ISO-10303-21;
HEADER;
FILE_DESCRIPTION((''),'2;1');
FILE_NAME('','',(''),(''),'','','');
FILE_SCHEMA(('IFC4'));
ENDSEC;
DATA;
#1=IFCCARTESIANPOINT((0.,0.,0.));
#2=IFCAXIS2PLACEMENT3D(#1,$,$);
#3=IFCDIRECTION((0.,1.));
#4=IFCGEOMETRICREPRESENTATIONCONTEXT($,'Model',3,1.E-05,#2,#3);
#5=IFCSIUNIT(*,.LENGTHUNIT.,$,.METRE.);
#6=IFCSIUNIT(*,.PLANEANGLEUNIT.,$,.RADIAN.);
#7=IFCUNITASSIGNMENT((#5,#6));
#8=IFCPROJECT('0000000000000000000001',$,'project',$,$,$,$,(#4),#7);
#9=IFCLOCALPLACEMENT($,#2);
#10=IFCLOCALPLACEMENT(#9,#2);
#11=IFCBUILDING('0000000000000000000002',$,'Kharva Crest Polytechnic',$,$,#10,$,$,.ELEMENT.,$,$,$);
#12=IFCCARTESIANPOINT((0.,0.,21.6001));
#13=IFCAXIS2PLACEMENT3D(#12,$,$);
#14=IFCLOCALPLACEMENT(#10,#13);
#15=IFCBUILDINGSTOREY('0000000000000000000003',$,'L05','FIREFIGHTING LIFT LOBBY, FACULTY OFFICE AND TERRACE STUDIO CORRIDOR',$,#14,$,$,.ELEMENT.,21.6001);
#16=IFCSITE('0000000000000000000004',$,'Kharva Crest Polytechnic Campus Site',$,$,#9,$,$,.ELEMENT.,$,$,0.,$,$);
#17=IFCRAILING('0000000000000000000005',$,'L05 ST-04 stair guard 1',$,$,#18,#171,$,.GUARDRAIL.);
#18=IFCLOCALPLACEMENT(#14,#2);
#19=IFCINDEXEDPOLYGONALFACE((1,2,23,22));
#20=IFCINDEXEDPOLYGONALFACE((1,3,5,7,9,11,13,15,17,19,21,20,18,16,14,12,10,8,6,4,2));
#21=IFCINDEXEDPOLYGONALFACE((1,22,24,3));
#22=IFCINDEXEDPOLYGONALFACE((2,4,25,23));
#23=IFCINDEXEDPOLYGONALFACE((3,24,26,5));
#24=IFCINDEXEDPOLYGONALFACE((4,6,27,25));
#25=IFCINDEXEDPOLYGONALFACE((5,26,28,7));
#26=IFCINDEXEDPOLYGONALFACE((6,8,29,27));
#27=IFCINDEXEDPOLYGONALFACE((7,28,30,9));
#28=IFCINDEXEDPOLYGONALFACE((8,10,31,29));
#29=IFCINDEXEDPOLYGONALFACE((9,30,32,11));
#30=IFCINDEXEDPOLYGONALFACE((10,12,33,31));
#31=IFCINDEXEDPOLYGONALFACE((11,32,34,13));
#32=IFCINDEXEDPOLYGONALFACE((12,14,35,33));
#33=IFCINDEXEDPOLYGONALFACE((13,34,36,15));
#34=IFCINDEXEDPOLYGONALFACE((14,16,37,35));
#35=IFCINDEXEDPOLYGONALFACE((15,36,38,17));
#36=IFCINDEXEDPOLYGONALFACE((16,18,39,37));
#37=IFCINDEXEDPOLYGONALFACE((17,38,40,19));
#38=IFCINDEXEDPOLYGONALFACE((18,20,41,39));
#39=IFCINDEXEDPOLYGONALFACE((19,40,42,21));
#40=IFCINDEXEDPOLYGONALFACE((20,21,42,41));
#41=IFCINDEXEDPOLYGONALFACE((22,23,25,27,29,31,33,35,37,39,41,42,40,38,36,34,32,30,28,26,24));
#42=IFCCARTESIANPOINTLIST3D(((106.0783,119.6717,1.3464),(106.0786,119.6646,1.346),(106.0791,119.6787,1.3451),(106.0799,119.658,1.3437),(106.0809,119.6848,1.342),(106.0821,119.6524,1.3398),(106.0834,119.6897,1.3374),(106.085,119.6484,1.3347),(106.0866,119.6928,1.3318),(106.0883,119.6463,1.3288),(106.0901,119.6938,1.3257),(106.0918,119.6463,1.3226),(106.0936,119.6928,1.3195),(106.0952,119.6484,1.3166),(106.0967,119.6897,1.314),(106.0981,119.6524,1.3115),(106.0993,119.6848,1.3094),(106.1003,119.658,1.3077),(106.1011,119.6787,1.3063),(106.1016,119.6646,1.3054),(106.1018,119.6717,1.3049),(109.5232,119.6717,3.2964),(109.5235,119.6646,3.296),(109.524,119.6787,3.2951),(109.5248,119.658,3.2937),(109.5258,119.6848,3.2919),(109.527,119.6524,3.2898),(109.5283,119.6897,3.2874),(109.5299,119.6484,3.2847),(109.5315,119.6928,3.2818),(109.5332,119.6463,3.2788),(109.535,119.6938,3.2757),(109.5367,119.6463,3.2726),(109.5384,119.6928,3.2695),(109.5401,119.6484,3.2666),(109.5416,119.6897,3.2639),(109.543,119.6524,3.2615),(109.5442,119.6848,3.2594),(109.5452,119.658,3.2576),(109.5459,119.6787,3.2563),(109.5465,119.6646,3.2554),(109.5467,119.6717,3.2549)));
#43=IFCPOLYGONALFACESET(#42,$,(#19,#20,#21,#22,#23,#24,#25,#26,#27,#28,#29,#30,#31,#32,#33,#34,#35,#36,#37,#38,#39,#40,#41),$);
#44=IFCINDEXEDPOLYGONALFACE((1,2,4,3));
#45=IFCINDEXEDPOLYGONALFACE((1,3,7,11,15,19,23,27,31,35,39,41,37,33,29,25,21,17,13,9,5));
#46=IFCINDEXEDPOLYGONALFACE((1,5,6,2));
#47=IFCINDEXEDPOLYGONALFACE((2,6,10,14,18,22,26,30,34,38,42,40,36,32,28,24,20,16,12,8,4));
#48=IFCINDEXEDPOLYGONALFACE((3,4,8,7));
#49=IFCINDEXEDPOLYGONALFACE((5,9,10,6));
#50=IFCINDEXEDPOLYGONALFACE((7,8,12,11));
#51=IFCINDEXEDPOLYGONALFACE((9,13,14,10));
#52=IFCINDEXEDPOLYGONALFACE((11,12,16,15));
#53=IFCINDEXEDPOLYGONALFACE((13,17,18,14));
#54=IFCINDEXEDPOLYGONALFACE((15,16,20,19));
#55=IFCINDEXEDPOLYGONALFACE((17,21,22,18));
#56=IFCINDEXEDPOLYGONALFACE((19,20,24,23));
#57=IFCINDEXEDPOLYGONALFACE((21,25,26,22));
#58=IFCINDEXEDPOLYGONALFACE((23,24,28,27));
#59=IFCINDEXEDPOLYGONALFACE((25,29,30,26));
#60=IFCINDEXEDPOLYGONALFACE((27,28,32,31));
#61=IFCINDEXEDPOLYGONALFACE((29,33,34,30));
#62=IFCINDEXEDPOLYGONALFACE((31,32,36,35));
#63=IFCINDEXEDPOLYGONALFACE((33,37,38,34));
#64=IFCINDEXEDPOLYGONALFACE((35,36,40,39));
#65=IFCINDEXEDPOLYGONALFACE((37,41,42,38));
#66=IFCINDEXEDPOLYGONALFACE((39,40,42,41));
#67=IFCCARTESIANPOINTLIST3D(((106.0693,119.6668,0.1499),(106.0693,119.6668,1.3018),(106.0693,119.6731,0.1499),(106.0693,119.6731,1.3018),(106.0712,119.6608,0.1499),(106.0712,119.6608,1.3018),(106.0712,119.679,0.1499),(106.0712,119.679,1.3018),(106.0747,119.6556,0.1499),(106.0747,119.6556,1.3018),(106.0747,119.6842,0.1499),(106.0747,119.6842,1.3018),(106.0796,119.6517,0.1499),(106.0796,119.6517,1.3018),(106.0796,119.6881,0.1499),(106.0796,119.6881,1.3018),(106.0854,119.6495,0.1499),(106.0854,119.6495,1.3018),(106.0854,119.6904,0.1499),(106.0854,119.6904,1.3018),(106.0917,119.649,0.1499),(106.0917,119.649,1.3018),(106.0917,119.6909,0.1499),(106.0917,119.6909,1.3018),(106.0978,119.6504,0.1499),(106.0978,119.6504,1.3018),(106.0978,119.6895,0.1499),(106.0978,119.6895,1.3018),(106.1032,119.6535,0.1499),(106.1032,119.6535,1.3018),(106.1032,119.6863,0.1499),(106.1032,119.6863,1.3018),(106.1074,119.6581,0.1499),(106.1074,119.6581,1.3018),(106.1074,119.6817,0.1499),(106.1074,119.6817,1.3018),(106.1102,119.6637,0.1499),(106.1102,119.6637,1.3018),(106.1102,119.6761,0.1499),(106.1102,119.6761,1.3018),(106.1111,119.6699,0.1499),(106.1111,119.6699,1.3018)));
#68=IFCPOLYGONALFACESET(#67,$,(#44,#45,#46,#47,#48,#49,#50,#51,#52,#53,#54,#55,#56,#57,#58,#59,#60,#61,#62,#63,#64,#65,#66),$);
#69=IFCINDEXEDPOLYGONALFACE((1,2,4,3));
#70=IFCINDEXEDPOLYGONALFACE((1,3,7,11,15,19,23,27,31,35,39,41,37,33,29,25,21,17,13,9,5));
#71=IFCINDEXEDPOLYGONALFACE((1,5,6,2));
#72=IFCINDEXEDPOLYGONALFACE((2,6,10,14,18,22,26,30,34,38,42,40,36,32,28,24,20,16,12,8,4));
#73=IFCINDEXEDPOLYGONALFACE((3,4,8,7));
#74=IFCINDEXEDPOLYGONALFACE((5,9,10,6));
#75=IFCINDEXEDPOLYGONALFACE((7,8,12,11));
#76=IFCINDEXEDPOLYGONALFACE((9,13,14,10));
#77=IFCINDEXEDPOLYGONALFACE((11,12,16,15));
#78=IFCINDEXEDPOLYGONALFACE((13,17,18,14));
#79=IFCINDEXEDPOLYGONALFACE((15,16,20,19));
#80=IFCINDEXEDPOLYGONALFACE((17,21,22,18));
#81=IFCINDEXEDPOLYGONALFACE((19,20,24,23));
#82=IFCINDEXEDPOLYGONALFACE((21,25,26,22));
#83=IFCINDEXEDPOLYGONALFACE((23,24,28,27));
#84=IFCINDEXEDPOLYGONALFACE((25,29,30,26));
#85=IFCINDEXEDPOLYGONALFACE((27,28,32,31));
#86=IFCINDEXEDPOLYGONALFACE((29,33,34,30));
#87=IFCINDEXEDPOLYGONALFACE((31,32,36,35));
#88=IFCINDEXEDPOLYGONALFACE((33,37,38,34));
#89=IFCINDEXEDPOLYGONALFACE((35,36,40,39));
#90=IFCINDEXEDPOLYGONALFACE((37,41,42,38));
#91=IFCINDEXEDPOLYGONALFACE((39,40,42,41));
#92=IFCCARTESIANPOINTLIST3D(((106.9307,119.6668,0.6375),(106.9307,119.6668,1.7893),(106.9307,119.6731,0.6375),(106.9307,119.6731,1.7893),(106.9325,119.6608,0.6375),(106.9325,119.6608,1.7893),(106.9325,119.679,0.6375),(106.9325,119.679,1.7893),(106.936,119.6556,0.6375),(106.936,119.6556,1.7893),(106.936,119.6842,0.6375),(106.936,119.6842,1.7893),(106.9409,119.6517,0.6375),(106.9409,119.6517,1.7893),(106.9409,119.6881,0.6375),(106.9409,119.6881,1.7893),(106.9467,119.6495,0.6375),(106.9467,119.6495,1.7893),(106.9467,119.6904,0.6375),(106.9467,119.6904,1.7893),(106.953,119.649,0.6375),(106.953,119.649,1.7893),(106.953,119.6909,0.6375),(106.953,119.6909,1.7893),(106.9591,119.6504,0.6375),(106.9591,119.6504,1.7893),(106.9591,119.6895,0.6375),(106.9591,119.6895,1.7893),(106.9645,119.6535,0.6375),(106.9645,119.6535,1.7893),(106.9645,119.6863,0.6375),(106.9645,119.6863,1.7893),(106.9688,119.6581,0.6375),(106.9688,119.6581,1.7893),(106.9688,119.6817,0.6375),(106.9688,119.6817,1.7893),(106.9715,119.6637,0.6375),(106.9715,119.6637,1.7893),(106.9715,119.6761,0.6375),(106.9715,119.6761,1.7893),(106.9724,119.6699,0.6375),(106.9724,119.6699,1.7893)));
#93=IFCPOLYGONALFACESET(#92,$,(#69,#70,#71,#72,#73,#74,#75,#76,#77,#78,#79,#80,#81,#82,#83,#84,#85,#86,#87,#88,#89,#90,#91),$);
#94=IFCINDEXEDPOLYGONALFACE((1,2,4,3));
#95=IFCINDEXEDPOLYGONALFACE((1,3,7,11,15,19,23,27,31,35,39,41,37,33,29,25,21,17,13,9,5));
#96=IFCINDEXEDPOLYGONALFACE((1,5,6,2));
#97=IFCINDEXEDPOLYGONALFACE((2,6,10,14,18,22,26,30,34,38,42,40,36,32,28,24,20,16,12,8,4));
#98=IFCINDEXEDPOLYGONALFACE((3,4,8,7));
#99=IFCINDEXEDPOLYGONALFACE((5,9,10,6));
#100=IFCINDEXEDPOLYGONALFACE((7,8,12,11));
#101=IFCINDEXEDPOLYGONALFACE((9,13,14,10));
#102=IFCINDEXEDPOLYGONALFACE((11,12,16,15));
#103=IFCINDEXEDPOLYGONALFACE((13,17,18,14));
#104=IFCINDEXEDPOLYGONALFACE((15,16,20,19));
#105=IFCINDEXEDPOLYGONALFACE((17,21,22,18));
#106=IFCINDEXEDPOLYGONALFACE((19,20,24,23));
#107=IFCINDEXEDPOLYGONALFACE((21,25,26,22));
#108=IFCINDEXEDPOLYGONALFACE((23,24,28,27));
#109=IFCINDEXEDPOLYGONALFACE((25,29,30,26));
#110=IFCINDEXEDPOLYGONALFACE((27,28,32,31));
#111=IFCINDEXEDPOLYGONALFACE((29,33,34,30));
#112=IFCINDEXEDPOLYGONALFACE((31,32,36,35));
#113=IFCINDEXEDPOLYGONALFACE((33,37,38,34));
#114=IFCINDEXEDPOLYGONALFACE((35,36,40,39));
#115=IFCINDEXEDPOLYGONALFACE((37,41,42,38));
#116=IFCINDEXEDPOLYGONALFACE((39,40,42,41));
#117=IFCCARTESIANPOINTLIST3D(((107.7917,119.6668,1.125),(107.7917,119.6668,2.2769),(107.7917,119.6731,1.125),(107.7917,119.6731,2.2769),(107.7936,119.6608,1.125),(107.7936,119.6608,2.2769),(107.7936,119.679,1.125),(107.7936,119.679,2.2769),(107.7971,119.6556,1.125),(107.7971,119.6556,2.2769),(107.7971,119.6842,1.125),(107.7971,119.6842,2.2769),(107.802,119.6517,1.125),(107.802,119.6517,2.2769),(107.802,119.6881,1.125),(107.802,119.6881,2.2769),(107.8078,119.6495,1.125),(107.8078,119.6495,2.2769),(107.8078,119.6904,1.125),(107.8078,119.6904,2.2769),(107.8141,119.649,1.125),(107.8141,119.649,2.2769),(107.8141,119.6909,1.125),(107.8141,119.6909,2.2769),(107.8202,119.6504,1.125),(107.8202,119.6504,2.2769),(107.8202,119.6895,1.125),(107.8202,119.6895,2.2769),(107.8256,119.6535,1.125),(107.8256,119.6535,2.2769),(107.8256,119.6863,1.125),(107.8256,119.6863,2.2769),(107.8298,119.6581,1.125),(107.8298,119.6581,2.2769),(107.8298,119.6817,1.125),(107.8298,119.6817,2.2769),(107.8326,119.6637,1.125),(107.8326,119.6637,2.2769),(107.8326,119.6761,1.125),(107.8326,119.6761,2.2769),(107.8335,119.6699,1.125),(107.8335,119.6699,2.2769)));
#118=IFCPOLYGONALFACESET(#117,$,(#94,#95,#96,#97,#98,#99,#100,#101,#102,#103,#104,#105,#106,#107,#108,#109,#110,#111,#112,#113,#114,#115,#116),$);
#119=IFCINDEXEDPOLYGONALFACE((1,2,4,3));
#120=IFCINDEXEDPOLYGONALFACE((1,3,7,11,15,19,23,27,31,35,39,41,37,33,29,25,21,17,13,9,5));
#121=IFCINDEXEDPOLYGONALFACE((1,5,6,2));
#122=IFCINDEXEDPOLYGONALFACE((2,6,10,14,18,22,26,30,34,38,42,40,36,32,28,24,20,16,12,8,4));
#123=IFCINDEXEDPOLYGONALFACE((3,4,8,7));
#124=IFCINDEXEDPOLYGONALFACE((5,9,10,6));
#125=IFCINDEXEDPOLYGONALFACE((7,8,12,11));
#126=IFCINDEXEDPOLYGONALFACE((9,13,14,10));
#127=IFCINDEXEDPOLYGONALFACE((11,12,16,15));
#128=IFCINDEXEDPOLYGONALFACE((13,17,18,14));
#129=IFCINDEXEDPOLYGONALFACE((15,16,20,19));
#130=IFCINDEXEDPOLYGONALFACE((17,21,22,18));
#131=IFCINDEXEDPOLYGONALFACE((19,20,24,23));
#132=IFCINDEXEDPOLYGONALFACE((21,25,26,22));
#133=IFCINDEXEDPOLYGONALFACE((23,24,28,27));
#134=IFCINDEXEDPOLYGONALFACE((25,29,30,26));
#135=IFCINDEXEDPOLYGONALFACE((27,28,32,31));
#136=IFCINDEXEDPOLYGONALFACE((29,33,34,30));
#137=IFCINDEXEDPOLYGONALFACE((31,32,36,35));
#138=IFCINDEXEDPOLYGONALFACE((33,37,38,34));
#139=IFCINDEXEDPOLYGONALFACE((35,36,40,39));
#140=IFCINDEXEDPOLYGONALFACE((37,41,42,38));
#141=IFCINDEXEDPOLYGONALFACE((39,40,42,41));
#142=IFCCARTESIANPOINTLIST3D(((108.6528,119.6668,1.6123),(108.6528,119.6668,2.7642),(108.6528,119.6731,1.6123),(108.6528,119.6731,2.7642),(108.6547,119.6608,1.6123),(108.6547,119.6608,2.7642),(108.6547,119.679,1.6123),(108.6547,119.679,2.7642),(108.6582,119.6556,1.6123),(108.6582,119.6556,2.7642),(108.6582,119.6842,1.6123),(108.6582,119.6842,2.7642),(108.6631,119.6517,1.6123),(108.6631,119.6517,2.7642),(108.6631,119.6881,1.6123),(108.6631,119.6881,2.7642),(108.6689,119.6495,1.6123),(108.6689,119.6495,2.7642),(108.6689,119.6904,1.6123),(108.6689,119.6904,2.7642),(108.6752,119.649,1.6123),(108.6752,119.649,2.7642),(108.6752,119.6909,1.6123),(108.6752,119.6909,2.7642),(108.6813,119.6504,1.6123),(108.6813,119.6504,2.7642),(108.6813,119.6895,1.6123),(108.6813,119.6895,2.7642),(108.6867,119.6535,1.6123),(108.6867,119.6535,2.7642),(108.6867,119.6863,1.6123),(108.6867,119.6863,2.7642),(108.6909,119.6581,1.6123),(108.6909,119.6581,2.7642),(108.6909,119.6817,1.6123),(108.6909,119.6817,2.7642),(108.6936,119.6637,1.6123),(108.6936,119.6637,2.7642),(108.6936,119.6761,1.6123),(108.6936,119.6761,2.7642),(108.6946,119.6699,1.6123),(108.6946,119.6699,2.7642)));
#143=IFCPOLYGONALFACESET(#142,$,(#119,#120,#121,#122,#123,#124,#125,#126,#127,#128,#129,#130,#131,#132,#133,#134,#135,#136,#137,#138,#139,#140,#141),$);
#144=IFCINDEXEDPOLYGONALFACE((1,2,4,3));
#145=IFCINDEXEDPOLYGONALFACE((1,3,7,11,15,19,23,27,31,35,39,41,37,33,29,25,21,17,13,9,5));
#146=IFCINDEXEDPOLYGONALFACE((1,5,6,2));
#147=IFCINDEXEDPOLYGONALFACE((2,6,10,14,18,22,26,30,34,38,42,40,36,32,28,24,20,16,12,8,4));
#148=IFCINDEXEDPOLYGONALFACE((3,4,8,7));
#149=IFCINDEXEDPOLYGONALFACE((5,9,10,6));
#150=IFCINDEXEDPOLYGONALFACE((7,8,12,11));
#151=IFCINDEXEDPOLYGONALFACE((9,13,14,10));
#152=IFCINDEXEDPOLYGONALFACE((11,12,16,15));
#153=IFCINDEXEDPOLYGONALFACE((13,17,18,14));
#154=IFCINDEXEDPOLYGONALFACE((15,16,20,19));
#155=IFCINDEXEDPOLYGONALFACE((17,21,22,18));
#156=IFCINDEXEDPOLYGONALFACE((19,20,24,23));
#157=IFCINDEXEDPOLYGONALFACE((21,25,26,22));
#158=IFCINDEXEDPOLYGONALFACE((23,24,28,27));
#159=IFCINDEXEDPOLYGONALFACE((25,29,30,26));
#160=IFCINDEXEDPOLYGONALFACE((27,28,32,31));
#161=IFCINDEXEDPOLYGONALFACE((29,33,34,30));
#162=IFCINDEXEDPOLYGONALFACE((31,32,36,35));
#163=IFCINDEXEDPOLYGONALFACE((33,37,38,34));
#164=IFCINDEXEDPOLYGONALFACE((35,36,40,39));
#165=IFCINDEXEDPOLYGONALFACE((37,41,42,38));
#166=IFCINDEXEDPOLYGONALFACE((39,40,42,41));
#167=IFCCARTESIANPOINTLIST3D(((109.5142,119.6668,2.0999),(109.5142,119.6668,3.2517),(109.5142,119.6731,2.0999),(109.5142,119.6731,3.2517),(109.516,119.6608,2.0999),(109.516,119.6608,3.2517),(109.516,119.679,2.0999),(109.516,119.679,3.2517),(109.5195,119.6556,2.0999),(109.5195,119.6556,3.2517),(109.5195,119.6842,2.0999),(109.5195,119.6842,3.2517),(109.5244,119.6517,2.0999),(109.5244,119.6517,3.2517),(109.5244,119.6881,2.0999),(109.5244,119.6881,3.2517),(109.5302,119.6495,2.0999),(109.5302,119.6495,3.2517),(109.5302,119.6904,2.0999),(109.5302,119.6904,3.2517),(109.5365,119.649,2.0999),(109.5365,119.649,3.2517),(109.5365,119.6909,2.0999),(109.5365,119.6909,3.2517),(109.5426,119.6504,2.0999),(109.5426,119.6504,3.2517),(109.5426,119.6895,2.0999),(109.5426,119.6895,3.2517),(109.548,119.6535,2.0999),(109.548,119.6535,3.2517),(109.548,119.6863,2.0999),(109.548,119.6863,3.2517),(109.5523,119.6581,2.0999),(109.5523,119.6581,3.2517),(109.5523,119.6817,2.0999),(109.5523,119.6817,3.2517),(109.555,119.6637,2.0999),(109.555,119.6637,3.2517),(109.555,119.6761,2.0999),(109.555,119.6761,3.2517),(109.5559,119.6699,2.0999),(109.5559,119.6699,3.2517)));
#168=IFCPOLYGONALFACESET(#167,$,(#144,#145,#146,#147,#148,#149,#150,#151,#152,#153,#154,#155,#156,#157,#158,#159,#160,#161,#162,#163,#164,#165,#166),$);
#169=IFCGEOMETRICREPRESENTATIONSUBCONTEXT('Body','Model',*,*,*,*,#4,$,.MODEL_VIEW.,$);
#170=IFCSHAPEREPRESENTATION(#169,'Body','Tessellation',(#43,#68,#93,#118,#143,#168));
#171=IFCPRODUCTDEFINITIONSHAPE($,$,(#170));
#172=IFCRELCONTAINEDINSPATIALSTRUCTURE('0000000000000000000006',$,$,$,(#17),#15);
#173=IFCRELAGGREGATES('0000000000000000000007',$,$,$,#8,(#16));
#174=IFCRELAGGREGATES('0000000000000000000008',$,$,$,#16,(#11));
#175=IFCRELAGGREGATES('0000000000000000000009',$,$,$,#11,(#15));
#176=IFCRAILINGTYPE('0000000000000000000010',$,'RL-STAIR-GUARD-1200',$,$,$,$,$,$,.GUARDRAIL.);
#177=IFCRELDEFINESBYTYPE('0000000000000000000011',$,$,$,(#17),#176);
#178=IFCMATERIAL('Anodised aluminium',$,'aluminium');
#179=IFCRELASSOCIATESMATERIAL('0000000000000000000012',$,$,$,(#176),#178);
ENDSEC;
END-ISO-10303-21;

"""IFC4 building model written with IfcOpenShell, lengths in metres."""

from ifc_helpers import new_model, si_unit, direction, frame, origin, origin_2d, place, context, subcontext, project, spatial, circle, extrude, material, type_object, element, save


model = new_model("IFC4")

# Units and contexts
model_context = context("Model", 3, precision=1e-05, world=origin(), true_north=direction((0.0, 1.0)))
body_context = subcontext(model_context, "Body", "Model", "MODEL_VIEW")
ifc_project = project(units=[si_unit("LENGTHUNIT", "METRE"), si_unit("PLANEANGLEUNIT", "RADIAN")], contexts=[model_context])

# Site, building, storey
site_placement = place(None, origin())
site = spatial("IfcSite", under=ifc_project, at=site_placement, Name="Kharva Crest Polytechnic Campus Site", CompositionType="ELEMENT", RefElevation=0.0)
building_placement = place(site_placement, origin())
building = spatial("IfcBuilding", under=site, at=building_placement, Name="Kharva Crest Polytechnic", CompositionType="ELEMENT")
storey_placement = place(building_placement, frame((0.0, 0.0, 21.6001)))
storey = spatial("IfcBuildingStorey", under=building, at=storey_placement, Name="L05", Description="FIREFIGHTING LIFT LOBBY, FACULTY OFFICE AND TERRACE STUDIO CORRIDOR", CompositionType="ELEMENT", Elevation=21.6001)

# Shared definitions
ifc_material_1 = material(Name="Anodised aluminium", Category="aluminium")

# Railing
railing_type_1 = type_object("IfcRailingType", Name="RL-STAIR-GUARD-1200", PredefinedType="GUARDRAIL", material=ifc_material_1)
railing_1_placement = place(storey_placement, frame((106.0901, 119.6699, 0.1499)))
element("IfcRailing", 1, at=railing_1_placement, inside=storey, type_object=railing_type_1, Name="L05 ST-04 stair guard 1", PredefinedType="GUARDRAIL", context=body_context, shape_type="SweptSolid", body=[
    extrude(circle(Radius=0.0239, at=origin_2d()), frame((0.0, 0.0, 1.1758), z_axis=(0.870251, 0.0, 0.492608), x_axis=(0.0, 1.0, 0.0)), (0.0, 0.0, 1.0), 3.9585),
    extrude(circle(Radius=0.021, at=origin_2d()), origin(), (0.0, 0.0, 1.0), 1.1519),
    extrude(circle(Radius=0.021, at=origin_2d()), frame((0.8613, 0.0, 0.4875)), (0.0, 0.0, 1.0), 1.1519),
    extrude(circle(Radius=0.021, at=origin_2d()), frame((1.7224, 0.0, 0.9751)), (0.0, 0.0, 1.0), 1.1519),
    extrude(circle(Radius=0.021, at=origin_2d()), frame((2.5835, 0.0, 1.4624)), (0.0, 0.0, 1.0), 1.1519),
    extrude(circle(Radius=0.021, at=origin_2d()), frame((3.4448, 0.0, 1.95)), (0.0, 0.0, 1.0), 1.1519),
])

save(model, "model.ifc")
